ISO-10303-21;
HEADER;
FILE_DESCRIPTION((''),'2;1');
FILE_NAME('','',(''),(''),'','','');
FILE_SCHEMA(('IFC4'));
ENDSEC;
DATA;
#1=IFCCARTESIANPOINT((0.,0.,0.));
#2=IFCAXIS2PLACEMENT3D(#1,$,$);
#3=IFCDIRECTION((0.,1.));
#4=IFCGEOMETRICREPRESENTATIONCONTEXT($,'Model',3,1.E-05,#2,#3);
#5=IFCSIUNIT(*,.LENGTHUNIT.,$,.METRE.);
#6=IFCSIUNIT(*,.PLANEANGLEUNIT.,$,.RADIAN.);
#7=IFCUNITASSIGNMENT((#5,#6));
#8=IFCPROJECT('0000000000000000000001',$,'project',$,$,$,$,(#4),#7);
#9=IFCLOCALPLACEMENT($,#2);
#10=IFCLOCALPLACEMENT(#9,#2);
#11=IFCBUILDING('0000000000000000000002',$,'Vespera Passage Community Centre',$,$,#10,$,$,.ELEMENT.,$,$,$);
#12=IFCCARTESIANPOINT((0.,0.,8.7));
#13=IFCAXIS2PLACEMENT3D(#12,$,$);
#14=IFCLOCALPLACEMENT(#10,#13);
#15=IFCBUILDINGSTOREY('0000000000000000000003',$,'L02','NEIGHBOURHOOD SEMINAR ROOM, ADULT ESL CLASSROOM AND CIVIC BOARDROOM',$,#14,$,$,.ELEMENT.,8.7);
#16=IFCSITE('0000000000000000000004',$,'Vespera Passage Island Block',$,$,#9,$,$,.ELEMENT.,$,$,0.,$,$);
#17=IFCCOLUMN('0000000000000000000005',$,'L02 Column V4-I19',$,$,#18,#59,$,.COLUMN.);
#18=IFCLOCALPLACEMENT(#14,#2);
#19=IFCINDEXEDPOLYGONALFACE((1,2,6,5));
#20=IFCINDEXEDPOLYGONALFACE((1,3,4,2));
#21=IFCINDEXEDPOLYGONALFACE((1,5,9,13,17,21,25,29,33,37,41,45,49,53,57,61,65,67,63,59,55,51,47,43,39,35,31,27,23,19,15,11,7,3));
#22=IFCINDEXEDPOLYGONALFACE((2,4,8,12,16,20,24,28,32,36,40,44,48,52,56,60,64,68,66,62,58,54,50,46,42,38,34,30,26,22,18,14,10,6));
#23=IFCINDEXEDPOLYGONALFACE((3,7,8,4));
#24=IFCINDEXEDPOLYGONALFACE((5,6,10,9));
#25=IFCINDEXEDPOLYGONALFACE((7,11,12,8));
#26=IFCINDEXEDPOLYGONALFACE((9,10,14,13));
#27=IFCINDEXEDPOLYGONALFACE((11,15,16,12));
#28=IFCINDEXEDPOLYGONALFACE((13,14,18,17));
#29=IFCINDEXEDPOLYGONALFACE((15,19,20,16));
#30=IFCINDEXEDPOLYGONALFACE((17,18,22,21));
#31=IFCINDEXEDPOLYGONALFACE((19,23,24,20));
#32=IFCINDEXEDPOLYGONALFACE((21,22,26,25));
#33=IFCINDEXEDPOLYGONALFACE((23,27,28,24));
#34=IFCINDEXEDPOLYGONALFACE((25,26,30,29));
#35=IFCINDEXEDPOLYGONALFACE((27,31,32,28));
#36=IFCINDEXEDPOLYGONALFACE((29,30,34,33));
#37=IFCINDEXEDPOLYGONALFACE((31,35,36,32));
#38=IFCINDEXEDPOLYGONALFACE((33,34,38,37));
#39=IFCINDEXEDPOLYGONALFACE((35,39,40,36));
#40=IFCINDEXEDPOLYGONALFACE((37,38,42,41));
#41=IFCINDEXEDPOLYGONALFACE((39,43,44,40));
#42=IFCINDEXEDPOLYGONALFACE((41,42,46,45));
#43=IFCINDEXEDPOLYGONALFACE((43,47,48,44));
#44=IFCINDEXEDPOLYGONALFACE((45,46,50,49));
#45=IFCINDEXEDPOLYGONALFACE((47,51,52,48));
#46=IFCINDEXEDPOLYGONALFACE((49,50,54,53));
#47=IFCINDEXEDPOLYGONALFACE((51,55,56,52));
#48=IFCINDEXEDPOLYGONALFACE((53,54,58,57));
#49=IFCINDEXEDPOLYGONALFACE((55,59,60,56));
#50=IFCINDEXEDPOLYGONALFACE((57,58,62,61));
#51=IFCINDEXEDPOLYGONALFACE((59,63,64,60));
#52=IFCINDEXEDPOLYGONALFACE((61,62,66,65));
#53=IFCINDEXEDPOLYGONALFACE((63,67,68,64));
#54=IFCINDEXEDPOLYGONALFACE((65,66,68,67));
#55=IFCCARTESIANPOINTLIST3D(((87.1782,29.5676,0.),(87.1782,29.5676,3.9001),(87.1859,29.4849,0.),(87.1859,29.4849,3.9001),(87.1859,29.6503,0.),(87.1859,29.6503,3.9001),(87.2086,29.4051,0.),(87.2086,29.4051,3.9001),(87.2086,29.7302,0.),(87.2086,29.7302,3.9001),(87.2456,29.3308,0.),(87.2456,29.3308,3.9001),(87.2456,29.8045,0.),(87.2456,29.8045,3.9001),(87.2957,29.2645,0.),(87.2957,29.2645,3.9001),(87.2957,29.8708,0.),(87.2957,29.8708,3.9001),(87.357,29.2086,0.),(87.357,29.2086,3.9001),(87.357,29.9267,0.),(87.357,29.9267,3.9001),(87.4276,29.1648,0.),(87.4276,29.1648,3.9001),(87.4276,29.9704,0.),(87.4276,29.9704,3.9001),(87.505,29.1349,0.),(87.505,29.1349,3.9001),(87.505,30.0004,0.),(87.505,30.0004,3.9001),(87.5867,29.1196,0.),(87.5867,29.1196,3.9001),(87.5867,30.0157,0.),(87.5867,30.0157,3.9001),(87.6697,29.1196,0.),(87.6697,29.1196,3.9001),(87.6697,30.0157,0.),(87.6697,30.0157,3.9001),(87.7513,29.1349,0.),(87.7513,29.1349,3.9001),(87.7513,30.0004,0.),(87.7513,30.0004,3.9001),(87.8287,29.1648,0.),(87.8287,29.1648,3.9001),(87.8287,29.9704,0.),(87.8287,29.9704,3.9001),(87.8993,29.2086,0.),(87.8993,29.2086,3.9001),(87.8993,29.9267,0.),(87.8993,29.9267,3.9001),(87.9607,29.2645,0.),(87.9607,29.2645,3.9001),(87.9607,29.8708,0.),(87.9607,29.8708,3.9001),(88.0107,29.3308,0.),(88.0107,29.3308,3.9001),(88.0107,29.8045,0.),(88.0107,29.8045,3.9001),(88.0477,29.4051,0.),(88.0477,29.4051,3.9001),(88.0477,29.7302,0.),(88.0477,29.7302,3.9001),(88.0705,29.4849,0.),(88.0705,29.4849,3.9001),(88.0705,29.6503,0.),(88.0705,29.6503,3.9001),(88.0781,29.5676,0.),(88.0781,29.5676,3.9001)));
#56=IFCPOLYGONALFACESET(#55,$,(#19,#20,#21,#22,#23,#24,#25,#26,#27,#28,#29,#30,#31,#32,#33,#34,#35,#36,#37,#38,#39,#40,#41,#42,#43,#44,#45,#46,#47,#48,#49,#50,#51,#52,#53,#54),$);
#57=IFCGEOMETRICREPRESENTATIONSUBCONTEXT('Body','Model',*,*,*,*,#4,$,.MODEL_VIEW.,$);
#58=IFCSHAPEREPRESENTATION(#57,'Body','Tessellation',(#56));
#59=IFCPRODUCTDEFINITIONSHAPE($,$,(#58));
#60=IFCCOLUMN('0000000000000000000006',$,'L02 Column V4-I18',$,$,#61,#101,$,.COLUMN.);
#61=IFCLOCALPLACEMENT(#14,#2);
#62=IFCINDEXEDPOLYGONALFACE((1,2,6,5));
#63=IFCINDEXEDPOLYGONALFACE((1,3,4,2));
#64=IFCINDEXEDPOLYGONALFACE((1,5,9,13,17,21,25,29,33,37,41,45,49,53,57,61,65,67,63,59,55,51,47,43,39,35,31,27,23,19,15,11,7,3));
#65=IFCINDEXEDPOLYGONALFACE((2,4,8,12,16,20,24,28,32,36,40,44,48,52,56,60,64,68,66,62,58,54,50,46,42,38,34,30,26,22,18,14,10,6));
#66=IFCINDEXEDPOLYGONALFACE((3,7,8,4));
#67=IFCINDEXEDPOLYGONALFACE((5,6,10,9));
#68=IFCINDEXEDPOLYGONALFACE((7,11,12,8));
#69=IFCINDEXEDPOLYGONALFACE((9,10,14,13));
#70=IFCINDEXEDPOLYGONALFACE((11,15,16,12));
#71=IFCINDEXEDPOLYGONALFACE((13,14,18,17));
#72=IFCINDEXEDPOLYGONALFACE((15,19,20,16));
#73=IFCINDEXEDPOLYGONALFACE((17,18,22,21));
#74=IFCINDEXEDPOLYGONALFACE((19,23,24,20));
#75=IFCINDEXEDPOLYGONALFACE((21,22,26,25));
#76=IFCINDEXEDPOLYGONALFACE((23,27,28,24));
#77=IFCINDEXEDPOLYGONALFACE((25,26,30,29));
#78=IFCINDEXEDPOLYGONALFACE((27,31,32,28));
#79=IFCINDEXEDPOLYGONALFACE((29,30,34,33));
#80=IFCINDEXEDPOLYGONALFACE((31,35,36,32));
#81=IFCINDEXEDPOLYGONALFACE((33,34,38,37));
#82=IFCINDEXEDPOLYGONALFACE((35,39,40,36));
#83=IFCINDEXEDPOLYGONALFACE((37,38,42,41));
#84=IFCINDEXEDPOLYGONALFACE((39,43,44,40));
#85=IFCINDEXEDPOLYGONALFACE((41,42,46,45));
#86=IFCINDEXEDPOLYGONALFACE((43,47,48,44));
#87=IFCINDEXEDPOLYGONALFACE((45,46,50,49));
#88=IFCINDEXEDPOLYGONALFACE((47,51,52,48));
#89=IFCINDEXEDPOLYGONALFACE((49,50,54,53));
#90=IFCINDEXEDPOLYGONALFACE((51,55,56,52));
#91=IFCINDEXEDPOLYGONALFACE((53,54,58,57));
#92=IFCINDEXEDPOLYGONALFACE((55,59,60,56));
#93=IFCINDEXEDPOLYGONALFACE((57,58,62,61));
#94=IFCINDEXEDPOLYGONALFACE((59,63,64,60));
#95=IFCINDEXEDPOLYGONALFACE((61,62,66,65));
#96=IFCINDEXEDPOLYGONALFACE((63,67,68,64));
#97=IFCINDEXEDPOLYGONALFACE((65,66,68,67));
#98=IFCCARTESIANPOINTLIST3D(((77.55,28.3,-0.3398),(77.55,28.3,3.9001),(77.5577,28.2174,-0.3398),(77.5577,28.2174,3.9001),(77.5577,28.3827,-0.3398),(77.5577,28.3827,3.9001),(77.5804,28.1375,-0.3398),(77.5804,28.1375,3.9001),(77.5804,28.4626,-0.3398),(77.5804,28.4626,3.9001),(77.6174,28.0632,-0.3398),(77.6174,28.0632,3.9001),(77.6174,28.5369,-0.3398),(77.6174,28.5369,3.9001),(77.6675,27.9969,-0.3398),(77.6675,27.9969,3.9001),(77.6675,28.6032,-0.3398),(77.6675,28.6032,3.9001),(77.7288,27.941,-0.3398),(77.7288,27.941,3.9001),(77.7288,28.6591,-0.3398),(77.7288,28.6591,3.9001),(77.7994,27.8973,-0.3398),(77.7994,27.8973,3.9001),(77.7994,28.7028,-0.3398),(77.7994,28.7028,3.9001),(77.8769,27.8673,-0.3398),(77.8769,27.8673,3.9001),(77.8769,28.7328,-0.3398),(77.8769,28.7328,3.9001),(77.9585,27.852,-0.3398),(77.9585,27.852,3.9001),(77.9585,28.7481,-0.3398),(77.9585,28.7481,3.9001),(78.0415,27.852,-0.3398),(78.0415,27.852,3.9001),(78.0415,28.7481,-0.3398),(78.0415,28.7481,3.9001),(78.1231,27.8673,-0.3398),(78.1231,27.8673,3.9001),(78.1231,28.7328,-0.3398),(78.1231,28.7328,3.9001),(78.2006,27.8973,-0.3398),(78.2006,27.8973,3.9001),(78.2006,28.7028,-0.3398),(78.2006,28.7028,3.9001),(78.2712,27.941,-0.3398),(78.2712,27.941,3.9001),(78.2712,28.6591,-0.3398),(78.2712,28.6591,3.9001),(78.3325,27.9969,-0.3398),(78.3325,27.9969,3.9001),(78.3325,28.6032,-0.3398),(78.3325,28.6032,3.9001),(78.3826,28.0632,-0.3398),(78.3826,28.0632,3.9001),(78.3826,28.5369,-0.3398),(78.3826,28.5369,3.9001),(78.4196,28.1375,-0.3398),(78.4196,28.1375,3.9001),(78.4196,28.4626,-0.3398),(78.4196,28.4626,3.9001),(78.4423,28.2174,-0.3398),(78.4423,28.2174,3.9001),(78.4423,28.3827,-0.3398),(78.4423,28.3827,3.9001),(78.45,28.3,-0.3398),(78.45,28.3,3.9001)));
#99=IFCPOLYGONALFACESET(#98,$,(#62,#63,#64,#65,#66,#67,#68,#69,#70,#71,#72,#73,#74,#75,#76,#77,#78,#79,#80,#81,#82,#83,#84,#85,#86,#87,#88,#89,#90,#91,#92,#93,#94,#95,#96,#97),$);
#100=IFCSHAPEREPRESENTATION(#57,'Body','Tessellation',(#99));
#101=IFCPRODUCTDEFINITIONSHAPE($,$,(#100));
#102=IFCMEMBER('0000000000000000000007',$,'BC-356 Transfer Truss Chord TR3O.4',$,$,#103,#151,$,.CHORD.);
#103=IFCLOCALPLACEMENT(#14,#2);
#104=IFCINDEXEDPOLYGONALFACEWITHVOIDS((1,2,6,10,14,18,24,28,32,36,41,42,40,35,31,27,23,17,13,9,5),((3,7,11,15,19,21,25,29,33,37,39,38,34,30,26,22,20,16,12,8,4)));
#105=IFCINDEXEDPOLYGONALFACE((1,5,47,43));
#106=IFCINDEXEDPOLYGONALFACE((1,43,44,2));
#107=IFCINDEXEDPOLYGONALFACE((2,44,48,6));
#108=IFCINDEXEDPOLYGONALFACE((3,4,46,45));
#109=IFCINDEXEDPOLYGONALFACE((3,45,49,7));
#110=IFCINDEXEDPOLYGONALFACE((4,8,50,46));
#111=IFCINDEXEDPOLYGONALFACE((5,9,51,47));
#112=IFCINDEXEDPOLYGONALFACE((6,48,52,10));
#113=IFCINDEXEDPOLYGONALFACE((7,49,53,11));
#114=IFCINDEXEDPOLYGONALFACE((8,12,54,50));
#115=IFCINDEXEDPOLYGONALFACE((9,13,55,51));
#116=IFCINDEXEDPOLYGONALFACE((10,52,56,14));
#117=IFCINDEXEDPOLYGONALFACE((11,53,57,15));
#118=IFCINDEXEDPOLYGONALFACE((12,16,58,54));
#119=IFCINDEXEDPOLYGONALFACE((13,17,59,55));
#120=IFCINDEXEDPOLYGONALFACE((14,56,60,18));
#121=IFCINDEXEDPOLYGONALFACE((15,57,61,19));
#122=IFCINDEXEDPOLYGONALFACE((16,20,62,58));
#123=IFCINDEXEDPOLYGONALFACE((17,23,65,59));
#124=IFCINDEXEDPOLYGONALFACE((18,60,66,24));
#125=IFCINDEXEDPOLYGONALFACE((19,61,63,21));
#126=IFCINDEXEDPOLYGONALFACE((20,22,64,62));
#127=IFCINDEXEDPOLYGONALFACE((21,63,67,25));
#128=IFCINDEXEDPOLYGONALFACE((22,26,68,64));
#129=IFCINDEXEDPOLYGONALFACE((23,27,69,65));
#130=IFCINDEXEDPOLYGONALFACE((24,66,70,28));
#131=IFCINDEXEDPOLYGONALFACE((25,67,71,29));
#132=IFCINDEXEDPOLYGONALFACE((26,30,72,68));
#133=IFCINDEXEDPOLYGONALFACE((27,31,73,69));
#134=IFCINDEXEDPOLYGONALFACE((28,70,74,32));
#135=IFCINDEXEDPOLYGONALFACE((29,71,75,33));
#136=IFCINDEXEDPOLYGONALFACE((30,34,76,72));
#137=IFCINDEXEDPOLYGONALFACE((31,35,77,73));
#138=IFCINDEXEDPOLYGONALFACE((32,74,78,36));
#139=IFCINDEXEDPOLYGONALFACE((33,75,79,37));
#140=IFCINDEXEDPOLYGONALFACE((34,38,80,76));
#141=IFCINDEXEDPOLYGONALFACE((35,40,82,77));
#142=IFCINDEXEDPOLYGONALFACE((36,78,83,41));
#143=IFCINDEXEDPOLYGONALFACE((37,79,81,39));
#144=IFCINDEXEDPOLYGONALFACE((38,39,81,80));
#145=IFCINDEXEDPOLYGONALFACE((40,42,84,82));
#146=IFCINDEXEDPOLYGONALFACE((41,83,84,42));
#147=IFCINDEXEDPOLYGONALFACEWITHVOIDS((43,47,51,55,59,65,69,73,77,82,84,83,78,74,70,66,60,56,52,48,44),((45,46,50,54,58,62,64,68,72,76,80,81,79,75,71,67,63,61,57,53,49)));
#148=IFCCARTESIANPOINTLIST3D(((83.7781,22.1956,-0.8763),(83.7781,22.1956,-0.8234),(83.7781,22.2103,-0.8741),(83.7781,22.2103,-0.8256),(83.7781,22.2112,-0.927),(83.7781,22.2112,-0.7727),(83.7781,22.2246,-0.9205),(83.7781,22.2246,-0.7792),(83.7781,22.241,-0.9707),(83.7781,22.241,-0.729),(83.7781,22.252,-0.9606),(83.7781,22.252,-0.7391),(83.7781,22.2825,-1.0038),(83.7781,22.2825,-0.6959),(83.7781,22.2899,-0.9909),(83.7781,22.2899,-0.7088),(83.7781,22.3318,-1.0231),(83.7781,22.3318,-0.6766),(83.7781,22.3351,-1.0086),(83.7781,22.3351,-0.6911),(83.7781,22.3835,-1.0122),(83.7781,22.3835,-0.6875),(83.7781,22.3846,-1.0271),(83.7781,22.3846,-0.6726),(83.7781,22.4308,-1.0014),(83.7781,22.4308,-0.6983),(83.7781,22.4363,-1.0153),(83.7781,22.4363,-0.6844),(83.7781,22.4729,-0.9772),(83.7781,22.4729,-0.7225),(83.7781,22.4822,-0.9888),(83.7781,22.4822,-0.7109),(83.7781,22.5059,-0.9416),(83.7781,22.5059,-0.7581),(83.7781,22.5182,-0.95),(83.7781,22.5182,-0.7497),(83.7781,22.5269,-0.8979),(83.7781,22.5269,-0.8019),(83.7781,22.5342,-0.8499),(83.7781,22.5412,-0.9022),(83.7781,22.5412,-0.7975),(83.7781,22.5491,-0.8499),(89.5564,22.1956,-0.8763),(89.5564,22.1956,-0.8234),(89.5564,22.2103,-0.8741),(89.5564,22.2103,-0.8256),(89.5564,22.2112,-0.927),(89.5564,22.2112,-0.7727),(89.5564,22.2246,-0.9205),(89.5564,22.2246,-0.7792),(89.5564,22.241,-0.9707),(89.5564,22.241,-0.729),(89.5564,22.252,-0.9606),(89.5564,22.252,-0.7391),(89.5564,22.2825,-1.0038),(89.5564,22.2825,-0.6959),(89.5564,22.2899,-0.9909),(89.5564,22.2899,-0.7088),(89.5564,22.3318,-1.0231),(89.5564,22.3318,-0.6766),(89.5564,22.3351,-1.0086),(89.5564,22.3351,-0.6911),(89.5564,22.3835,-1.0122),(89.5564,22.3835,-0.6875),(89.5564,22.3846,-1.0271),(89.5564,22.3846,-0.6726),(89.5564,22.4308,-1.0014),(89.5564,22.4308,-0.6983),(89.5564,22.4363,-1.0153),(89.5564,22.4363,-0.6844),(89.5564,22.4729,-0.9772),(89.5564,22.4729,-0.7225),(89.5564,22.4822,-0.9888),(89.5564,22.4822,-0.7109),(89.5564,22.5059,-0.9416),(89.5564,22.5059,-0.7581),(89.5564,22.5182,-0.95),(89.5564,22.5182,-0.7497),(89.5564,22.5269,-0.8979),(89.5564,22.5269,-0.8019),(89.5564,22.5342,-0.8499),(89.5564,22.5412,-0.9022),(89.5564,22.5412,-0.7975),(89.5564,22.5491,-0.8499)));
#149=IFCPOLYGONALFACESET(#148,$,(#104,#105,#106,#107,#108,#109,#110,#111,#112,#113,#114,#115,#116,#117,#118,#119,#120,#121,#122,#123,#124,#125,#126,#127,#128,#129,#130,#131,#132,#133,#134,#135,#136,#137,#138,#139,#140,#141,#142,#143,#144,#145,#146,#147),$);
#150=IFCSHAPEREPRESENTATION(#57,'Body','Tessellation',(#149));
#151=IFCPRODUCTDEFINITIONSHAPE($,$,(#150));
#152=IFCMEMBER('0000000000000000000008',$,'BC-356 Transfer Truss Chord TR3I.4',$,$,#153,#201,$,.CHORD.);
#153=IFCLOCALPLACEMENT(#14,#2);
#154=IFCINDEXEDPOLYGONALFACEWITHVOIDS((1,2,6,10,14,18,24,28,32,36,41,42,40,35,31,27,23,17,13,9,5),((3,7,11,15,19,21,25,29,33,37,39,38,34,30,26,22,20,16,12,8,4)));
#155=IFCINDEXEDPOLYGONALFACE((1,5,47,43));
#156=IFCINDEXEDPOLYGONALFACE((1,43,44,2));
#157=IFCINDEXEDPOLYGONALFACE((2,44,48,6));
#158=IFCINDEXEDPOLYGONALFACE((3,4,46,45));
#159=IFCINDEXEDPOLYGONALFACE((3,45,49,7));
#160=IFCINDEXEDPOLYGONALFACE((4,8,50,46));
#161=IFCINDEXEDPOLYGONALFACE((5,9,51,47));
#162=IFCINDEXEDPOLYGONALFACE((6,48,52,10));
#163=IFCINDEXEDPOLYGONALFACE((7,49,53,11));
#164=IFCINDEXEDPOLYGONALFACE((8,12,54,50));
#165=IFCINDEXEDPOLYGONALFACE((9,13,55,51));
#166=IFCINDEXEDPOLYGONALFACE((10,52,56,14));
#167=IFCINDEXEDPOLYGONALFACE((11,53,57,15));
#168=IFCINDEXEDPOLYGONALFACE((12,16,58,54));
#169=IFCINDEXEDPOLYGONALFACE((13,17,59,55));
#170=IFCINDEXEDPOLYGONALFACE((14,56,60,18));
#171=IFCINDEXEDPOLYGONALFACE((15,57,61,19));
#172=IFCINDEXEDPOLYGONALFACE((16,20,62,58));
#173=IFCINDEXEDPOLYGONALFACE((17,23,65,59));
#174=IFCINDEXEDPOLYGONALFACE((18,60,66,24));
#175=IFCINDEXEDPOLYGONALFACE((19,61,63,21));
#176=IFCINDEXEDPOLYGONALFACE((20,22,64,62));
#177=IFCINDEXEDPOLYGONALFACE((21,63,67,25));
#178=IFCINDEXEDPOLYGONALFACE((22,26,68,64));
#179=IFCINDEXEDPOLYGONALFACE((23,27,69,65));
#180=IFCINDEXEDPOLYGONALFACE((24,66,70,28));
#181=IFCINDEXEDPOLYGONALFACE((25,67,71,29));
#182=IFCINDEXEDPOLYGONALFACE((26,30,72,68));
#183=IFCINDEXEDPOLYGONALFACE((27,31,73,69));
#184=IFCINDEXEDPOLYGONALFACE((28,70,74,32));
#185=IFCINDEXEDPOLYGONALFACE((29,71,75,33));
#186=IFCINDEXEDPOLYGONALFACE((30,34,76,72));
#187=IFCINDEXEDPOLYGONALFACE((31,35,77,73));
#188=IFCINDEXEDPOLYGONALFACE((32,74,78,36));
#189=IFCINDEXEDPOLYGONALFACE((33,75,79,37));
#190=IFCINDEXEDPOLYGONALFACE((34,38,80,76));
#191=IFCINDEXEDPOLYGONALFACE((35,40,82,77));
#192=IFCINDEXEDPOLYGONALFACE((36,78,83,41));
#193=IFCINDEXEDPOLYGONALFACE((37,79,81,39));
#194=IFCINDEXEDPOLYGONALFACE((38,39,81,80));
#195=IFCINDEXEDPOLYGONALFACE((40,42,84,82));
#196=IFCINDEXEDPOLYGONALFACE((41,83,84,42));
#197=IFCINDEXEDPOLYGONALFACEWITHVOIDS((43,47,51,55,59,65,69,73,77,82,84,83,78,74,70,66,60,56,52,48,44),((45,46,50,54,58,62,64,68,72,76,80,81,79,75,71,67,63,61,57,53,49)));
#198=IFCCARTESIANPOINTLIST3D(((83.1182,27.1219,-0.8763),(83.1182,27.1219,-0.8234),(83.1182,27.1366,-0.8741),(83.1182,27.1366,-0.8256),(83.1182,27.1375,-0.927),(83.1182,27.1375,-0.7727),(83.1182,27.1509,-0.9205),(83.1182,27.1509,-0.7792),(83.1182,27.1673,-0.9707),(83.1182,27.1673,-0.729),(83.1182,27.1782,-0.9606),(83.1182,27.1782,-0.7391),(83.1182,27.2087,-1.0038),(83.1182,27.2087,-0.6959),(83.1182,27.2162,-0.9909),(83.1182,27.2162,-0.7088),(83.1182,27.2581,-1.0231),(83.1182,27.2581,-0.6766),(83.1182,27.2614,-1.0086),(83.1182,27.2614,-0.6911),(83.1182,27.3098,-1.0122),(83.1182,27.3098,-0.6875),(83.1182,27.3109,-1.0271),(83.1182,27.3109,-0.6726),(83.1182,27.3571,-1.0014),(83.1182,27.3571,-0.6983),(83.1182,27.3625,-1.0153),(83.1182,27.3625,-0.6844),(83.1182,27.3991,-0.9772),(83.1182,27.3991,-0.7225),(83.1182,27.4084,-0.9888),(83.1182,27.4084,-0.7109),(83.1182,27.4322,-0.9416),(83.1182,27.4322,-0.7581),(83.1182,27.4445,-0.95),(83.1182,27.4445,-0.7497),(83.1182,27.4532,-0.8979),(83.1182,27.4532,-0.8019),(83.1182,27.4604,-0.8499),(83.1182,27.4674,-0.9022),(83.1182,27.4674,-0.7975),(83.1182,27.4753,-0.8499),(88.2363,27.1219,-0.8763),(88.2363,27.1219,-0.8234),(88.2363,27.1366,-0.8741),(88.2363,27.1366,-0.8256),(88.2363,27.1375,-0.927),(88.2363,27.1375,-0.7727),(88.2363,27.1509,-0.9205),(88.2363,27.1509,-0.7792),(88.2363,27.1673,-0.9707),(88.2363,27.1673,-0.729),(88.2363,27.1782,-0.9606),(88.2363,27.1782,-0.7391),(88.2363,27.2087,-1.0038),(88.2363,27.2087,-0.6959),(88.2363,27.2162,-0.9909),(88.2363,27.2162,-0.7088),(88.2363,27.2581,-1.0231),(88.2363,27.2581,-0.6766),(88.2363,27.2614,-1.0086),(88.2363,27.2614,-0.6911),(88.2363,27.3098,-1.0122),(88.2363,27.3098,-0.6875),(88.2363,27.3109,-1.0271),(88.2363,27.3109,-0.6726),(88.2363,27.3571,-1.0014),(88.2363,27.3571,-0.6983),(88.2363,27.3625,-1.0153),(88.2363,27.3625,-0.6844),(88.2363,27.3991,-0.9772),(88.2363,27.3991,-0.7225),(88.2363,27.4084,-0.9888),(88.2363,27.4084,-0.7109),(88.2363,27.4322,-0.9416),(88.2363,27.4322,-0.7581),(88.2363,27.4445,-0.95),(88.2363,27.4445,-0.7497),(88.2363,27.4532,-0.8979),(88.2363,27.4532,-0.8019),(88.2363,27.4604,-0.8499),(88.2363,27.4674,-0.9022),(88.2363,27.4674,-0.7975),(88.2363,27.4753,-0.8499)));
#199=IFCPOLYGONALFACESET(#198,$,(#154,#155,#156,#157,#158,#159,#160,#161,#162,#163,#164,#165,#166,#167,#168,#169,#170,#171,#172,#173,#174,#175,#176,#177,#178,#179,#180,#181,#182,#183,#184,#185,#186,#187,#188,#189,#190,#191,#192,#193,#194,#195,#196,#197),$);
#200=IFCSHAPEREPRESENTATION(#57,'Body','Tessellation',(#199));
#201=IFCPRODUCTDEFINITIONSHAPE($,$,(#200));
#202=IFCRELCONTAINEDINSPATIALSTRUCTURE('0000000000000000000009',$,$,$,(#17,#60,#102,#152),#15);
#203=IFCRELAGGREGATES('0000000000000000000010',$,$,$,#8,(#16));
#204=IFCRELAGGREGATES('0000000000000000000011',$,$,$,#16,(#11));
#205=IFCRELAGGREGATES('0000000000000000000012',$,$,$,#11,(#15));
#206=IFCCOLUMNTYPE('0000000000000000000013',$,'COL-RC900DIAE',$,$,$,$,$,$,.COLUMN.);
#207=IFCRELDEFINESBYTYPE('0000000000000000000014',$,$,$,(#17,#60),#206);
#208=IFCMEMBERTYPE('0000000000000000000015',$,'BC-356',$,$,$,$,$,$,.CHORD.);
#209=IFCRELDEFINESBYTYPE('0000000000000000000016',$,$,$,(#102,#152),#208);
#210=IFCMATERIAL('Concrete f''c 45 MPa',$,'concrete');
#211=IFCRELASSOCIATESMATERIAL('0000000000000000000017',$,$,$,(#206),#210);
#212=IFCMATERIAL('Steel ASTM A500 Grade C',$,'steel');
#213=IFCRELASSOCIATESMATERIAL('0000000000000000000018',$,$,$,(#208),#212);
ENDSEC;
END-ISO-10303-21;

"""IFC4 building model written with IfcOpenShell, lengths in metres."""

from ifc_helpers import new_model, si_unit, direction, frame, origin, origin_2d, place, context, subcontext, project, spatial, circle, hollow_circle, extrude, material, material_profile, profile_set, type_object, element, save


model = new_model("IFC4")

# Units and contexts
model_context = context("Model", 3, precision=1e-05, world=origin(), true_north=direction((0.0, 1.0)))
body_context = subcontext(model_context, "Body", "Model", "MODEL_VIEW")
ifc_project = project(units=[si_unit("LENGTHUNIT", "METRE"), si_unit("PLANEANGLEUNIT", "RADIAN")], contexts=[model_context])

# Site, building, storey
site_placement = place(None, origin())
site = spatial("IfcSite", under=ifc_project, at=site_placement, Name="Vespera Passage Island Block", CompositionType="ELEMENT", RefElevation=0.0)
building_placement = place(site_placement, origin())
building = spatial("IfcBuilding", under=site, at=building_placement, Name="Vespera Passage Community Centre", CompositionType="ELEMENT")
storey_placement = place(building_placement, frame((0.0, 0.0, 8.7)))
storey = spatial("IfcBuildingStorey", under=building, at=storey_placement, Name="L02", Description="NEIGHBOURHOOD SEMINAR ROOM, ADULT ESL CLASSROOM AND CIVIC BOARDROOM", CompositionType="ELEMENT", Elevation=8.7)

# Columns
ifc_material_1 = material(Name="Concrete f'c 45 MPa", Category="concrete")
ifc_material_profile_1 = material_profile(ifc_material_1, circle(Radius=0.45, at=origin_2d()), Name="RC900DIA")
ifc_profile_set_1 = profile_set([ifc_material_profile_1], Name="Concrete f'c 45 MPa")
column_type = type_object("IfcColumnType", Name="COL-RC900DIAE", PredefinedType="COLUMN", material=ifc_profile_set_1)
column_1_placement = place(storey_placement, frame((87.6282, 29.5676, 0.0), z_axis=(0.0, 0.0, 1.0), x_axis=(1.0, 0.0, 0.0)))
element("IfcColumn", 1, at=column_1_placement, inside=storey, type_object=column_type, Name="L02 Column V4-I19", PredefinedType="COLUMN", context=body_context, shape_type="SweptSolid", body=[
    extrude(circle(Radius=0.45, at=origin_2d()), origin(), (0.0, 0.0, 1.0), 3.9001),
])
column_2_placement = place(storey_placement, frame((78.0, 28.3, -0.3398), z_axis=(0.0, 0.0, 1.0), x_axis=(1.0, 0.0, 0.0)))
element("IfcColumn", 2, at=column_2_placement, inside=storey, type_object=column_type, Name="L02 Column V4-I18", PredefinedType="COLUMN", context=body_context, shape_type="SweptSolid", body=[
    extrude(circle(Radius=0.45, at=origin_2d()), origin(), (0.0, 0.0, 1.0), 4.24),
])

# Members
ifc_material_2 = material(Name="Steel ASTM A500 Grade C", Category="steel")
ifc_material_profile_2 = material_profile(ifc_material_2, hollow_circle(Radius=0.1777, WallThickness=0.0149, at=origin_2d()), Name="CHS356X15.9")
ifc_profile_set_2 = profile_set([ifc_material_profile_2], Name="Steel ASTM A500 Grade C")
member_type_1 = type_object("IfcMemberType", Name="BC-356", PredefinedType="CHORD", material=ifc_profile_set_2)
member_1_placement = place(storey_placement, frame((83.7781, 22.3713, -0.8499), z_axis=(1.0, 0.0, 0.0), x_axis=(0.0, 1.0, 0.0)))
element("IfcMember", 3, at=member_1_placement, inside=storey, type_object=member_type_1, Name="BC-356 Transfer Truss Chord TR3O.4", PredefinedType="CHORD", context=body_context, shape_type="SweptSolid", body=[
    extrude(hollow_circle(Radius=0.1777, WallThickness=0.0149, at=origin_2d()), origin(), (0.0, 0.0, 1.0), 5.7783),
])
member_2_placement = place(storey_placement, frame((83.1182, 27.2976, -0.8499), z_axis=(1.0, 0.0, 0.0), x_axis=(0.0, 1.0, 0.0)))
element("IfcMember", 4, at=member_2_placement, inside=storey, type_object=member_type_1, Name="BC-356 Transfer Truss Chord TR3I.4", PredefinedType="CHORD", context=body_context, shape_type="SweptSolid", body=[
    extrude(hollow_circle(Radius=0.1777, WallThickness=0.0149, at=origin_2d()), origin(), (0.0, 0.0, 1.0), 5.1182),
])

save(model, "model.ifc")
